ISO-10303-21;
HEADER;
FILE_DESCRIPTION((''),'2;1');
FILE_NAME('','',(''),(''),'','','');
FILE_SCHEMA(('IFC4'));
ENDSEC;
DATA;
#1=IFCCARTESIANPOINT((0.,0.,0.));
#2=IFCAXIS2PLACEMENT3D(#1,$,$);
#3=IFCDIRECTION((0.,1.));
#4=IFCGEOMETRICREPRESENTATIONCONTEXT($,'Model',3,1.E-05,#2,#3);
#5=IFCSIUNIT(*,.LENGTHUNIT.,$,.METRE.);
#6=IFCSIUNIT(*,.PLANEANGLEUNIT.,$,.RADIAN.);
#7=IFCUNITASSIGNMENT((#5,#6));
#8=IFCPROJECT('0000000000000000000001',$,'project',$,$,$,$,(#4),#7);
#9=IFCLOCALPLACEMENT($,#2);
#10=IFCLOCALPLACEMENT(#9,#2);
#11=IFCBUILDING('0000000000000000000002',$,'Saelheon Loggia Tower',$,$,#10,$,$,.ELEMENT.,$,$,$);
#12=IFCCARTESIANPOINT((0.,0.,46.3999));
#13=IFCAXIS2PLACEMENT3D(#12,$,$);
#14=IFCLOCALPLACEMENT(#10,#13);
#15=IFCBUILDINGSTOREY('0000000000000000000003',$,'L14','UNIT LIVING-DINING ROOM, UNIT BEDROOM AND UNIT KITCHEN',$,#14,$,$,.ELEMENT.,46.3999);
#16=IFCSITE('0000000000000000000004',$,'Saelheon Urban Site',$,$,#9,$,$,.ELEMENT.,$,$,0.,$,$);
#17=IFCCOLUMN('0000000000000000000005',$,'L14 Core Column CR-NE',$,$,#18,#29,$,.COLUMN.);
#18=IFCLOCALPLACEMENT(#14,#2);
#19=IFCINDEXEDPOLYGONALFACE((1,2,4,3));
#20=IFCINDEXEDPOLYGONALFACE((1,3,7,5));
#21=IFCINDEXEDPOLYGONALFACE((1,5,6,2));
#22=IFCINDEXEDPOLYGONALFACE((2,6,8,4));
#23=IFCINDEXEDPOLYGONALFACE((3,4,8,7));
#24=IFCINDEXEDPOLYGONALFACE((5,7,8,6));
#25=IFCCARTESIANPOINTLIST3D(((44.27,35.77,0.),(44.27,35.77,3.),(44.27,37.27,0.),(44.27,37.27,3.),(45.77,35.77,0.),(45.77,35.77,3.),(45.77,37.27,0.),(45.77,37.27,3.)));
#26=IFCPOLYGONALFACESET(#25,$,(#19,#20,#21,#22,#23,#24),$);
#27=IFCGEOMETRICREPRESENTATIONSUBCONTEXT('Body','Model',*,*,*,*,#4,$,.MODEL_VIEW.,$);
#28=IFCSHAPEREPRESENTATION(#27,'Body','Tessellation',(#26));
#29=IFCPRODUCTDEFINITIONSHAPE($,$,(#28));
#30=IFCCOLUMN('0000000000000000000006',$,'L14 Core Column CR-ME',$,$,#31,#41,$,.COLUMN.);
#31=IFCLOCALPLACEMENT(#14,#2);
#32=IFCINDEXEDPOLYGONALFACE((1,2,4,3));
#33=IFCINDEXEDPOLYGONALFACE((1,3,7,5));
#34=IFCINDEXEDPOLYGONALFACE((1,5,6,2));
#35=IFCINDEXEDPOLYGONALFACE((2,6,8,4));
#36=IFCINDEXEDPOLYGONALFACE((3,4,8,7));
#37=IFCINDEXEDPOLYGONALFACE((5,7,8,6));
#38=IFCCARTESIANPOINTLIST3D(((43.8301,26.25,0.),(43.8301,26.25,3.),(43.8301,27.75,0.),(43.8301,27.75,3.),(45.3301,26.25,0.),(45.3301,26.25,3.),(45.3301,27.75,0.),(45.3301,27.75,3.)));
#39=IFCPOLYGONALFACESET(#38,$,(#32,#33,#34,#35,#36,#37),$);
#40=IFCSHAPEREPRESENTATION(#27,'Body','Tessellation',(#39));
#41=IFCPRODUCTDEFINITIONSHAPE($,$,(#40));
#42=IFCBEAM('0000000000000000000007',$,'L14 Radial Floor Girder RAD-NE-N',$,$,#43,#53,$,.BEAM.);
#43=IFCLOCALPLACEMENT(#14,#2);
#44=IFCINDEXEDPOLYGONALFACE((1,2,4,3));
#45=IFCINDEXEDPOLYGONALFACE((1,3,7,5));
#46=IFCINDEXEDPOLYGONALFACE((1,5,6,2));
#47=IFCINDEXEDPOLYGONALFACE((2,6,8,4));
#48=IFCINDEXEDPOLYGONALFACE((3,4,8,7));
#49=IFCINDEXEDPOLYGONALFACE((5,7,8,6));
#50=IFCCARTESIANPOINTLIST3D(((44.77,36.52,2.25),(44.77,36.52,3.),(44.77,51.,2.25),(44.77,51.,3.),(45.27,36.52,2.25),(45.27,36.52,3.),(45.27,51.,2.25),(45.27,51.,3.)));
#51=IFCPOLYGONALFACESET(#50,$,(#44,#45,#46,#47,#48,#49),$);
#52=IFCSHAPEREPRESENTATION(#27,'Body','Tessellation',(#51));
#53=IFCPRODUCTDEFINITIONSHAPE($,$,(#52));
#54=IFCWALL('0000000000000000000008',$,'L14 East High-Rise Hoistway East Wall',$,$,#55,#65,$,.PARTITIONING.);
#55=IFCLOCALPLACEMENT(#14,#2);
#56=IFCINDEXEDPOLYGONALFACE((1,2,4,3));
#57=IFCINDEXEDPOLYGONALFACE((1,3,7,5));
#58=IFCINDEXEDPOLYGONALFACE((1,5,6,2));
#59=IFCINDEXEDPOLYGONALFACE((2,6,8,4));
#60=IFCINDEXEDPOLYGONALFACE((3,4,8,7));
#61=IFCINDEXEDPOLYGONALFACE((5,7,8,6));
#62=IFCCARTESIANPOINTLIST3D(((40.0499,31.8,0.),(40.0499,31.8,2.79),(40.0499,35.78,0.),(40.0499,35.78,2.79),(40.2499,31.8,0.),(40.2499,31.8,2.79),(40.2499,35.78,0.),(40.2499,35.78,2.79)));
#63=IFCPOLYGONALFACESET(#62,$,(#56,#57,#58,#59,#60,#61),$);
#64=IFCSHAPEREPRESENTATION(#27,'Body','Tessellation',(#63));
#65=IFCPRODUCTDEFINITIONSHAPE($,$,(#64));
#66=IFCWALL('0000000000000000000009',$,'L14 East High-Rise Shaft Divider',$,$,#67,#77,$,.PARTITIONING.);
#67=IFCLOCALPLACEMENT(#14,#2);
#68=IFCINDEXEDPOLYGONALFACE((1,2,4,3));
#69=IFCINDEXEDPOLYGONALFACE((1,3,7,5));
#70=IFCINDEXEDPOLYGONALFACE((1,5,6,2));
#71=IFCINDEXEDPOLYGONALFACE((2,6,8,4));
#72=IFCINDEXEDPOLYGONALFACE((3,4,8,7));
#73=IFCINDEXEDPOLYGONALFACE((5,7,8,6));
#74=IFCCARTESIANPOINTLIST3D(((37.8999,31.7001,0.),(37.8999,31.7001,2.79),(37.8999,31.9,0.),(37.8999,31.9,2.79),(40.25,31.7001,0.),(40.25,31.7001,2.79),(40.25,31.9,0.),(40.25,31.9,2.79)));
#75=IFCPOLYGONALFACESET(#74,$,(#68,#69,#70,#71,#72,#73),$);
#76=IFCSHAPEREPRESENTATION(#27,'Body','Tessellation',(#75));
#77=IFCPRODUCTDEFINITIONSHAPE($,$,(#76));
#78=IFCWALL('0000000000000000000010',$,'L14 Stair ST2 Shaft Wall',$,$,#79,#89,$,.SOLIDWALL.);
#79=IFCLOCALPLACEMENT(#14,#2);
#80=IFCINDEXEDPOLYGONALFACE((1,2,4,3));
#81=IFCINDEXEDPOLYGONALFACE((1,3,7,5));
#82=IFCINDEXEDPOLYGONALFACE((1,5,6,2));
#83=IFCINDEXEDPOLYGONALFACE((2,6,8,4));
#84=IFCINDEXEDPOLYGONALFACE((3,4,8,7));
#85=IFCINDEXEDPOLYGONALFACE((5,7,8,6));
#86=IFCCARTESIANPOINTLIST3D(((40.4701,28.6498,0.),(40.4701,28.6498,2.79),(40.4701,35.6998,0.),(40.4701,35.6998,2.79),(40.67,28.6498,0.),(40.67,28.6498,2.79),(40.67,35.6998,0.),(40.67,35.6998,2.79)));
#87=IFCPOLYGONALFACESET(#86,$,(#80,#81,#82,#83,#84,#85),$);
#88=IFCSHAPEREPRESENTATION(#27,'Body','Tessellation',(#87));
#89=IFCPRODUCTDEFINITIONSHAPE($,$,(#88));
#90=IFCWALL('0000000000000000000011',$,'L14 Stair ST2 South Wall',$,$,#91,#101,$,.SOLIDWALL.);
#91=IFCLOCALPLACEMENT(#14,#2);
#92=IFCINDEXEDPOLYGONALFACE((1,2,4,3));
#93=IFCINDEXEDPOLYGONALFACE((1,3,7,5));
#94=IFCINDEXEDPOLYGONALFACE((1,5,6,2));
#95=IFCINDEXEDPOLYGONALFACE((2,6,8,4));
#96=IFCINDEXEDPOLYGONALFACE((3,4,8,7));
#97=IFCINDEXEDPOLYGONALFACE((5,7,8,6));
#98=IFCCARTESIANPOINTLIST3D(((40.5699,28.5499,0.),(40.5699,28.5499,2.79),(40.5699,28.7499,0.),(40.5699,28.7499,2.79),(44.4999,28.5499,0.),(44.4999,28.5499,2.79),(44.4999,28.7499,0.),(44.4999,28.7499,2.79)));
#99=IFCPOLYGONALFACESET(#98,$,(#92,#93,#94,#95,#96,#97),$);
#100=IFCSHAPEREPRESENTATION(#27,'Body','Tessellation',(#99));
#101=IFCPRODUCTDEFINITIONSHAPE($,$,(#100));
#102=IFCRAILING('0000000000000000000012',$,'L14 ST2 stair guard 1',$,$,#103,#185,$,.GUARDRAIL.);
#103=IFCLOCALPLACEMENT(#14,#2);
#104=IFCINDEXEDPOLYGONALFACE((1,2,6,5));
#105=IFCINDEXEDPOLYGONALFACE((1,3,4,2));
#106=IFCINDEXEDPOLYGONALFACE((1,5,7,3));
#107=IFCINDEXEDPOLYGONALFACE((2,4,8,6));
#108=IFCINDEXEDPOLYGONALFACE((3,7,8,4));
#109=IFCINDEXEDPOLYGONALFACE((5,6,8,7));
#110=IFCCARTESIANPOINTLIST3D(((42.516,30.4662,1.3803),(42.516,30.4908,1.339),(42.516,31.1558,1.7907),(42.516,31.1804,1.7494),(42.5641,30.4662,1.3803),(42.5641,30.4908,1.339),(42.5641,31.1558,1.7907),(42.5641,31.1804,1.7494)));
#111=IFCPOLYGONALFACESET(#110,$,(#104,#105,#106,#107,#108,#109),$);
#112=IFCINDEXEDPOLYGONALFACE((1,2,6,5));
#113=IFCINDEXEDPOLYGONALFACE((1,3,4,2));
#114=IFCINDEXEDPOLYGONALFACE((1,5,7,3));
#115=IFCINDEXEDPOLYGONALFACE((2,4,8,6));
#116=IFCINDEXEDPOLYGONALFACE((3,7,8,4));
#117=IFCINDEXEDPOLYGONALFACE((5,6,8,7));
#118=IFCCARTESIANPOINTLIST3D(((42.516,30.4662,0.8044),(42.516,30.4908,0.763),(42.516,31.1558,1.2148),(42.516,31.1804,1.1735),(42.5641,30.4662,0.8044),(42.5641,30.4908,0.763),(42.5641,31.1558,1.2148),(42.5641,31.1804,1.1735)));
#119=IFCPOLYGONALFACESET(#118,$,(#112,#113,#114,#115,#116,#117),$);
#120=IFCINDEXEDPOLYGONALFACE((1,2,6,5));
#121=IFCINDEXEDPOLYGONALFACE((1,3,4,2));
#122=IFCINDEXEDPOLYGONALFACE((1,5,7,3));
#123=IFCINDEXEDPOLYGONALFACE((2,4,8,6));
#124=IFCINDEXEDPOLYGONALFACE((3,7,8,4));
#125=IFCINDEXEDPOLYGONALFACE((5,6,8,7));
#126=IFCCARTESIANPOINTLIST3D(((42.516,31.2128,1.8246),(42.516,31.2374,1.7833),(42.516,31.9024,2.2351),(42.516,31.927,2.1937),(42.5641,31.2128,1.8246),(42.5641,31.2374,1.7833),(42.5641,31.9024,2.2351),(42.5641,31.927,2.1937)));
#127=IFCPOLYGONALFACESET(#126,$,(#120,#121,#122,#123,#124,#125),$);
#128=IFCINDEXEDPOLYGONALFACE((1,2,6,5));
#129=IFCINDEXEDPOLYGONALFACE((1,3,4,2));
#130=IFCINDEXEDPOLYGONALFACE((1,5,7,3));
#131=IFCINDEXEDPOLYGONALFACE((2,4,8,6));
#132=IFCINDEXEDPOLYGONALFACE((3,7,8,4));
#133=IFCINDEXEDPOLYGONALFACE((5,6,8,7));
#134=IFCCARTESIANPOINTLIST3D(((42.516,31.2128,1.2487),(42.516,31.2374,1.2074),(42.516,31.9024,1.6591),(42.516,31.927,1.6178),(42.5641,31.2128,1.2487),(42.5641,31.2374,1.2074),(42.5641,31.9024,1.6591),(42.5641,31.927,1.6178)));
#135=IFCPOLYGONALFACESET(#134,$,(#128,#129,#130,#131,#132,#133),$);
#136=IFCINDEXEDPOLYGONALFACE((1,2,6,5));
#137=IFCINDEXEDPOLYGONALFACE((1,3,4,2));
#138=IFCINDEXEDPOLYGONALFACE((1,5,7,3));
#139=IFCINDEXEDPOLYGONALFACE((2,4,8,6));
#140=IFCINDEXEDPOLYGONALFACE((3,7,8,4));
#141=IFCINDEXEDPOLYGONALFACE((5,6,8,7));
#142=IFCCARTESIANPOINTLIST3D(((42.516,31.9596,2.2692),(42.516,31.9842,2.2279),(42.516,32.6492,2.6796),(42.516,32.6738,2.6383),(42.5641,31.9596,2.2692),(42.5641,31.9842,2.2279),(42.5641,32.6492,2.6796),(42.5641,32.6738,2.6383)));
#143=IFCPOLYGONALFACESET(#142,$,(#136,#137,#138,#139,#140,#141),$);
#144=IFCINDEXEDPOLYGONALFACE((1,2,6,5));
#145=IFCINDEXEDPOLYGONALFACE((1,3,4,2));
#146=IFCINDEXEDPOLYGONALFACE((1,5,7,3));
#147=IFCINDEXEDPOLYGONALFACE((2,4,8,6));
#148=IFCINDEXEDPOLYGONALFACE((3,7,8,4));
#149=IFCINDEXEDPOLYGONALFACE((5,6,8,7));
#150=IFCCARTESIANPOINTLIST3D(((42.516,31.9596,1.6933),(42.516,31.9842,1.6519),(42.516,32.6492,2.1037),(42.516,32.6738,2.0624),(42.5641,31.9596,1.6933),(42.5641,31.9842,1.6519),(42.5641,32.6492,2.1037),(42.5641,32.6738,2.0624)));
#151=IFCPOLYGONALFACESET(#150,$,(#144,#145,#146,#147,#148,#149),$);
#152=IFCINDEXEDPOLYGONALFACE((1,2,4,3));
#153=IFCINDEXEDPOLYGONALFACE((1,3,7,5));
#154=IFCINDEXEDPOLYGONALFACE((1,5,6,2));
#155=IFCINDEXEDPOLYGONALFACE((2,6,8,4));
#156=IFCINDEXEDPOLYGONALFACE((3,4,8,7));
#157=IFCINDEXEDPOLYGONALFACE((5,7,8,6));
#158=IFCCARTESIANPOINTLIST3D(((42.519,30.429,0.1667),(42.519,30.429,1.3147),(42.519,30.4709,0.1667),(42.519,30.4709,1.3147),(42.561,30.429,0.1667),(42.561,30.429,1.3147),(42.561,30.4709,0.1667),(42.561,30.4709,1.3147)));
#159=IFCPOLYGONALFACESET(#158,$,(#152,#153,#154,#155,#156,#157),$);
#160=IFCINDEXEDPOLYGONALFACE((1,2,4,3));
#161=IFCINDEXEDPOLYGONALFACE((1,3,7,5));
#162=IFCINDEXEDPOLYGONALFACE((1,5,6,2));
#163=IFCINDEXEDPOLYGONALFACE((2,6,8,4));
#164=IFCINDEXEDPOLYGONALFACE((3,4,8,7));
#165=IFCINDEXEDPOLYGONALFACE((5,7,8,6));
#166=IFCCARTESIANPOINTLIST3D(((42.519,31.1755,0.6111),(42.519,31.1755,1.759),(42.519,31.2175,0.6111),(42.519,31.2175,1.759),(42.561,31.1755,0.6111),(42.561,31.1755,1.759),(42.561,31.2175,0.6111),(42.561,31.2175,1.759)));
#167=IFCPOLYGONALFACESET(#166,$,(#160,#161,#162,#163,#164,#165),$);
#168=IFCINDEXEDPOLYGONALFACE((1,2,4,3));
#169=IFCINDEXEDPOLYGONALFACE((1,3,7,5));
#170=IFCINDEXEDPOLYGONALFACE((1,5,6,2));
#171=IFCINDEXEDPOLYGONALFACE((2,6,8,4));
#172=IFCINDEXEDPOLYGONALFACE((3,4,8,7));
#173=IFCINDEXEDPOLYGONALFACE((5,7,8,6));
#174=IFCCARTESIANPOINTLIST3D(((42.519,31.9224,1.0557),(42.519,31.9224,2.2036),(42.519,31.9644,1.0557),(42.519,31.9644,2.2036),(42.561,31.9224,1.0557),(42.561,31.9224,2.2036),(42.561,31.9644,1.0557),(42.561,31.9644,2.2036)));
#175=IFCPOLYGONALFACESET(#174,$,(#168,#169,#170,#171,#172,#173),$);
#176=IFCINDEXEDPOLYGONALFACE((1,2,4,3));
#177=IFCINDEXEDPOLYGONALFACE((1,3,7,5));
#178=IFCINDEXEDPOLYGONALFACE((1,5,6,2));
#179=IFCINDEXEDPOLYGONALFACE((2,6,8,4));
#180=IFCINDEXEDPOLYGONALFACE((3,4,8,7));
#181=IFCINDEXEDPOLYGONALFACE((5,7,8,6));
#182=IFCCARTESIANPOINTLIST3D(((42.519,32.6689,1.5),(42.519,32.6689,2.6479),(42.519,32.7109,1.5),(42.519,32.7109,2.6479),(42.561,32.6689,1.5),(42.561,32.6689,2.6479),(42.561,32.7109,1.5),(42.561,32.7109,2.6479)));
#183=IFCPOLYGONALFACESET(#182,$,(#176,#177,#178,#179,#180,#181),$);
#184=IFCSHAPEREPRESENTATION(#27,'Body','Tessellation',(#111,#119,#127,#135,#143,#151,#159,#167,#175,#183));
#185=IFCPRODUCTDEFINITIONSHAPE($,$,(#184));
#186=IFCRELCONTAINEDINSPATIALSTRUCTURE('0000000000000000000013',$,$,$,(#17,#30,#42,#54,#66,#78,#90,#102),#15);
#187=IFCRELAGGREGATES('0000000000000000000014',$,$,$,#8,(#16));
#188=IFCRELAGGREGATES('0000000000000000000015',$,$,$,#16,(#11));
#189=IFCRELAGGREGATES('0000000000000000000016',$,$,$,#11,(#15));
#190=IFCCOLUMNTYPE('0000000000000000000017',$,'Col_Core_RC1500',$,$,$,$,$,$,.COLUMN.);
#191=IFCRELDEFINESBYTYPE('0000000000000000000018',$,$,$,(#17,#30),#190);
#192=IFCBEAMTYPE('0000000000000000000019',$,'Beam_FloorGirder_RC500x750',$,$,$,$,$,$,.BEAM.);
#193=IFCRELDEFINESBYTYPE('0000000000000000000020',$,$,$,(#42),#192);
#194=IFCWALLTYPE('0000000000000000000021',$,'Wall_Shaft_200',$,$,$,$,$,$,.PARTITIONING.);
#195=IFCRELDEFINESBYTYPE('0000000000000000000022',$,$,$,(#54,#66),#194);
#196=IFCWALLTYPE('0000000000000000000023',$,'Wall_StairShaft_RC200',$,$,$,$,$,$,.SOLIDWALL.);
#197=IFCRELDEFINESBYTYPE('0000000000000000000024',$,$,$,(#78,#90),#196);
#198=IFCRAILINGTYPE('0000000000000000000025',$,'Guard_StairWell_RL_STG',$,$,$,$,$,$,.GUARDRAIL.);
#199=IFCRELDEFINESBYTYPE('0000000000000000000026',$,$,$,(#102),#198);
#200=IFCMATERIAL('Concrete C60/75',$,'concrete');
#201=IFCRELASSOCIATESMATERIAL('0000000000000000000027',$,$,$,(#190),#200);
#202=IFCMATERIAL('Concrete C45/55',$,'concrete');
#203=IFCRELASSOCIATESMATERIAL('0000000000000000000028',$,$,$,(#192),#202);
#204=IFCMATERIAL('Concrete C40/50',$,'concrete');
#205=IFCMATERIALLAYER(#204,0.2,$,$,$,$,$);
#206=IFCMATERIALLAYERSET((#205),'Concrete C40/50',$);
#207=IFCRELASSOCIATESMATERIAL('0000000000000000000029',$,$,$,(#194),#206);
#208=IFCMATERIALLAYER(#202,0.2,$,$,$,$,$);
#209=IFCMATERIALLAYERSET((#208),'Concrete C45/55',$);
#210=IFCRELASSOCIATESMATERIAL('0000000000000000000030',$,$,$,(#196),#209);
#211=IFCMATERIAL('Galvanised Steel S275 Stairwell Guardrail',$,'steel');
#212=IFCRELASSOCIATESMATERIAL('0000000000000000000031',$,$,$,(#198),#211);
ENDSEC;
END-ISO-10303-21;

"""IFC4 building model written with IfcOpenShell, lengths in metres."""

from ifc_helpers import new_model, si_unit, direction, frame, frame_2d, origin, origin_2d, place, context, subcontext, project, spatial, rectangle, extrude, source, transform, mapped, material, layer, layer_set, material_profile, profile_set, type_object, element, save


model = new_model("IFC4")

# Units and contexts
model_context = context("Model", 3, precision=1e-05, world=origin(), true_north=direction((0.0, 1.0)))
body_context = subcontext(model_context, "Body", "Model", "MODEL_VIEW")
ifc_project = project(units=[si_unit("LENGTHUNIT", "METRE"), si_unit("PLANEANGLEUNIT", "RADIAN")], contexts=[model_context])

# Site, building, storey
site_placement = place(None, origin())
site = spatial("IfcSite", under=ifc_project, at=site_placement, Name="Saelheon Urban Site", CompositionType="ELEMENT", RefElevation=0.0)
building_placement = place(site_placement, origin())
building = spatial("IfcBuilding", under=site, at=building_placement, Name="Saelheon Loggia Tower", CompositionType="ELEMENT")
storey_placement = place(building_placement, frame((0.0, 0.0, 46.3999)))
storey = spatial("IfcBuildingStorey", under=building, at=storey_placement, Name="L14", Description="UNIT LIVING-DINING ROOM, UNIT BEDROOM AND UNIT KITCHEN", CompositionType="ELEMENT", Elevation=46.3999)

# Columns
ifc_material_1 = material(Name="Concrete C60/75", Category="concrete")
ifc_material_profile_1 = material_profile(ifc_material_1, rectangle(XDim=1.5, YDim=1.5, at=origin_2d()), Name="RC-1500x1500")
ifc_profile_set_1 = profile_set([ifc_material_profile_1], Name="Concrete C60/75")
column_type = type_object("IfcColumnType", Name="Col_Core_RC1500", PredefinedType="COLUMN", material=ifc_profile_set_1)
shared_shape_1 = source(origin(), body_context, "Body", "SweptSolid", [
    extrude(rectangle(XDim=1.5, YDim=1.5, at=origin_2d()), origin(), (0.0, 0.0, 1.0), 3.0),
])
for number, where, z_axis, x_axis, name in (
    (1, (45.02, 36.52, 0.0), (0.0, 0.0, 1.0), (1.0, 0.0, 0.0), "L14 Core Column CR-NE"),
    (2, (44.5801, 27.0, 0.0), (0.0, 0.0, 1.0), (1.0, 0.0, 0.0), "L14 Core Column CR-ME"),
):
    element("IfcColumn", number, at=place(storey_placement, frame(where, z_axis=z_axis, x_axis=x_axis)), inside=storey, type_object=column_type, Name=name, PredefinedType="COLUMN", context=body_context, shape_type="MappedRepresentation", body=[
        mapped(shared_shape_1, transform((0.0, 0.0, 0.0), scale=1.0)),
    ])

# Beam
ifc_material_2 = material(Name="Concrete C45/55", Category="concrete")
ifc_material_profile_2 = material_profile(ifc_material_2, rectangle(XDim=0.5, YDim=0.75, at=origin_2d()), Name="RC-500x750")
ifc_profile_set_2 = profile_set([ifc_material_profile_2], Name="Concrete C45/55")
beam_type = type_object("IfcBeamType", Name="Beam_FloorGirder_RC500x750", PredefinedType="BEAM", material=ifc_profile_set_2)
shared_shape_2 = source(origin(), body_context, "Body", "SweptSolid", [
    extrude(rectangle(XDim=0.5, YDim=0.75, at=origin_2d()), origin(), (0.0, 0.0, 1.0), 14.48),
])
beam_placement = place(storey_placement, frame((45.02, 36.52, 2.625), z_axis=(0.0, 1.0, 0.0), x_axis=(-1.0, 0.0, 0.0)))
element("IfcBeam", 3, at=beam_placement, inside=storey, type_object=beam_type, Name="L14 Radial Floor Girder RAD-NE-N", PredefinedType="BEAM", context=body_context, shape_type="MappedRepresentation", body=[
    mapped(shared_shape_2, transform((0.0, 0.0, 0.0), scale=1.0)),
])

# Walls
ifc_material_3 = material(Name="Concrete C40/50", Category="concrete")
ifc_layer_1 = layer(ifc_material_3, 0.2)
ifc_layer_set_1 = layer_set([ifc_layer_1], Name="Concrete C40/50")
wall_type_1 = type_object("IfcWallType", Name="Wall_Shaft_200", PredefinedType="PARTITIONING", material=ifc_layer_set_1)
wall_1_placement = place(storey_placement, frame((40.1499, 31.8, 0.0), z_axis=(0.0, 0.0, 1.0), x_axis=(0.0, 1.0, 0.0)))
element("IfcWall", 4, at=wall_1_placement, inside=storey, type_object=wall_type_1, Name="L14 East High-Rise Hoistway East Wall", PredefinedType="PARTITIONING", context=body_context, shape_type="SweptSolid", body=[
    extrude(rectangle(XDim=3.98, YDim=0.2, at=frame_2d((1.99, 0.0))), origin(), (0.0, 0.0, 1.0), 2.79),
])
wall_2_placement = place(storey_placement, frame((37.8999, 31.8, 0.0), z_axis=(0.0, 0.0, 1.0), x_axis=(1.0, 0.0, 0.0)))
element("IfcWall", 5, at=wall_2_placement, inside=storey, type_object=wall_type_1, Name="L14 East High-Rise Shaft Divider", PredefinedType="PARTITIONING", context=body_context, shape_type="SweptSolid", body=[
    extrude(rectangle(XDim=2.3501, YDim=0.2, at=frame_2d((1.175, 0.0))), origin(), (0.0, 0.0, 1.0), 2.79),
])
ifc_layer_2 = layer(ifc_material_2, 0.2)
ifc_layer_set_2 = layer_set([ifc_layer_2], Name="Concrete C45/55")
wall_type_2 = type_object("IfcWallType", Name="Wall_StairShaft_RC200", PredefinedType="SOLIDWALL", material=ifc_layer_set_2)
wall_3_placement = place(storey_placement, frame((40.5701, 28.6499, 0.0), z_axis=(0.0, 0.0, 1.0), x_axis=(0.0, 1.0, 0.0)))
element("IfcWall", 6, at=wall_3_placement, inside=storey, type_object=wall_type_2, Name="L14 Stair ST2 Shaft Wall", PredefinedType="SOLIDWALL", context=body_context, shape_type="SweptSolid", body=[
    extrude(rectangle(XDim=7.05, YDim=0.2, at=frame_2d((3.5249, 0.0))), origin(), (0.0, 0.0, 1.0), 2.79),
])
wall_4_placement = place(storey_placement, frame((40.5701, 28.6499, 0.0), z_axis=(0.0, 0.0, 1.0), x_axis=(1.0, 0.0, 0.0)))
element("IfcWall", 7, at=wall_4_placement, inside=storey, type_object=wall_type_2, Name="L14 Stair ST2 South Wall", PredefinedType="SOLIDWALL", context=body_context, shape_type="SweptSolid", body=[
    extrude(rectangle(XDim=3.9299, YDim=0.2, at=frame_2d((1.9648, 0.0))), origin(), (0.0, 0.0, 1.0), 2.79),
])

# Railing
ifc_material_4 = material(Name="Galvanised Steel S275 Stairwell Guardrail", Category="steel")
railing_type_1 = type_object("IfcRailingType", Name="Guard_StairWell_RL_STG", PredefinedType="GUARDRAIL", material=ifc_material_4)
railing_1_placement = place(storey_placement, frame((42.54, 30.45, 0.1667)))
element("IfcRailing", 8, at=railing_1_placement, inside=storey, type_object=railing_type_1, Name="L14 ST2 stair guard 1", PredefinedType="GUARDRAIL", context=body_context, shape_type="SweptSolid", body=[
    extrude(rectangle(XDim=0.0481, YDim=0.0481, at=origin_2d()), frame((0.0, 0.0286, 1.1929), z_axis=(0.0, 0.859306, 0.511462), x_axis=(-1.0, 0.0, 0.0)), (0.0, 0.0, 1.0), 0.8025),
    extrude(rectangle(XDim=0.0481, YDim=0.0481, at=origin_2d()), frame((0.0, 0.0286, 0.6169), z_axis=(0.0, 0.859306, 0.511462), x_axis=(-1.0, 0.0, 0.0)), (0.0, 0.0, 1.0), 0.8025),
    extrude(rectangle(XDim=0.0481, YDim=0.0481, at=origin_2d()), frame((0.0, 0.7751, 1.6372), z_axis=(0.0, 0.859306, 0.511462), x_axis=(-1.0, 0.0, 0.0)), (0.0, 0.0, 1.0), 0.8025),
    extrude(rectangle(XDim=0.0481, YDim=0.0481, at=origin_2d()), frame((0.0, 0.7751, 1.0613), z_axis=(0.0, 0.859306, 0.511462), x_axis=(-1.0, 0.0, 0.0)), (0.0, 0.0, 1.0), 0.8025),
    extrude(rectangle(XDim=0.0481, YDim=0.0481, at=origin_2d()), frame((0.0, 1.522, 2.0818), z_axis=(0.0, 0.859306, 0.511462), x_axis=(-1.0, 0.0, 0.0)), (0.0, 0.0, 1.0), 0.8025),
    extrude(rectangle(XDim=0.0481, YDim=0.0481, at=origin_2d()), frame((0.0, 1.522, 1.5059), z_axis=(0.0, 0.859306, 0.511462), x_axis=(-1.0, 0.0, 0.0)), (0.0, 0.0, 1.0), 0.8025),
    extrude(rectangle(XDim=0.042, YDim=0.042, at=origin_2d()), origin(), (0.0, 0.0, 1.0), 1.1479),
    extrude(rectangle(XDim=0.042, YDim=0.042, at=origin_2d()), frame((0.0, 0.7466, 0.4443)), (0.0, 0.0, 1.0), 1.1479),
    extrude(rectangle(XDim=0.042, YDim=0.042, at=origin_2d()), frame((0.0, 1.4934, 0.8889)), (0.0, 0.0, 1.0), 1.1479),
    extrude(rectangle(XDim=0.042, YDim=0.042, at=origin_2d()), frame((0.0, 2.24, 1.3333)), (0.0, 0.0, 1.0), 1.1479),
])

save(model, "model.ifc")
